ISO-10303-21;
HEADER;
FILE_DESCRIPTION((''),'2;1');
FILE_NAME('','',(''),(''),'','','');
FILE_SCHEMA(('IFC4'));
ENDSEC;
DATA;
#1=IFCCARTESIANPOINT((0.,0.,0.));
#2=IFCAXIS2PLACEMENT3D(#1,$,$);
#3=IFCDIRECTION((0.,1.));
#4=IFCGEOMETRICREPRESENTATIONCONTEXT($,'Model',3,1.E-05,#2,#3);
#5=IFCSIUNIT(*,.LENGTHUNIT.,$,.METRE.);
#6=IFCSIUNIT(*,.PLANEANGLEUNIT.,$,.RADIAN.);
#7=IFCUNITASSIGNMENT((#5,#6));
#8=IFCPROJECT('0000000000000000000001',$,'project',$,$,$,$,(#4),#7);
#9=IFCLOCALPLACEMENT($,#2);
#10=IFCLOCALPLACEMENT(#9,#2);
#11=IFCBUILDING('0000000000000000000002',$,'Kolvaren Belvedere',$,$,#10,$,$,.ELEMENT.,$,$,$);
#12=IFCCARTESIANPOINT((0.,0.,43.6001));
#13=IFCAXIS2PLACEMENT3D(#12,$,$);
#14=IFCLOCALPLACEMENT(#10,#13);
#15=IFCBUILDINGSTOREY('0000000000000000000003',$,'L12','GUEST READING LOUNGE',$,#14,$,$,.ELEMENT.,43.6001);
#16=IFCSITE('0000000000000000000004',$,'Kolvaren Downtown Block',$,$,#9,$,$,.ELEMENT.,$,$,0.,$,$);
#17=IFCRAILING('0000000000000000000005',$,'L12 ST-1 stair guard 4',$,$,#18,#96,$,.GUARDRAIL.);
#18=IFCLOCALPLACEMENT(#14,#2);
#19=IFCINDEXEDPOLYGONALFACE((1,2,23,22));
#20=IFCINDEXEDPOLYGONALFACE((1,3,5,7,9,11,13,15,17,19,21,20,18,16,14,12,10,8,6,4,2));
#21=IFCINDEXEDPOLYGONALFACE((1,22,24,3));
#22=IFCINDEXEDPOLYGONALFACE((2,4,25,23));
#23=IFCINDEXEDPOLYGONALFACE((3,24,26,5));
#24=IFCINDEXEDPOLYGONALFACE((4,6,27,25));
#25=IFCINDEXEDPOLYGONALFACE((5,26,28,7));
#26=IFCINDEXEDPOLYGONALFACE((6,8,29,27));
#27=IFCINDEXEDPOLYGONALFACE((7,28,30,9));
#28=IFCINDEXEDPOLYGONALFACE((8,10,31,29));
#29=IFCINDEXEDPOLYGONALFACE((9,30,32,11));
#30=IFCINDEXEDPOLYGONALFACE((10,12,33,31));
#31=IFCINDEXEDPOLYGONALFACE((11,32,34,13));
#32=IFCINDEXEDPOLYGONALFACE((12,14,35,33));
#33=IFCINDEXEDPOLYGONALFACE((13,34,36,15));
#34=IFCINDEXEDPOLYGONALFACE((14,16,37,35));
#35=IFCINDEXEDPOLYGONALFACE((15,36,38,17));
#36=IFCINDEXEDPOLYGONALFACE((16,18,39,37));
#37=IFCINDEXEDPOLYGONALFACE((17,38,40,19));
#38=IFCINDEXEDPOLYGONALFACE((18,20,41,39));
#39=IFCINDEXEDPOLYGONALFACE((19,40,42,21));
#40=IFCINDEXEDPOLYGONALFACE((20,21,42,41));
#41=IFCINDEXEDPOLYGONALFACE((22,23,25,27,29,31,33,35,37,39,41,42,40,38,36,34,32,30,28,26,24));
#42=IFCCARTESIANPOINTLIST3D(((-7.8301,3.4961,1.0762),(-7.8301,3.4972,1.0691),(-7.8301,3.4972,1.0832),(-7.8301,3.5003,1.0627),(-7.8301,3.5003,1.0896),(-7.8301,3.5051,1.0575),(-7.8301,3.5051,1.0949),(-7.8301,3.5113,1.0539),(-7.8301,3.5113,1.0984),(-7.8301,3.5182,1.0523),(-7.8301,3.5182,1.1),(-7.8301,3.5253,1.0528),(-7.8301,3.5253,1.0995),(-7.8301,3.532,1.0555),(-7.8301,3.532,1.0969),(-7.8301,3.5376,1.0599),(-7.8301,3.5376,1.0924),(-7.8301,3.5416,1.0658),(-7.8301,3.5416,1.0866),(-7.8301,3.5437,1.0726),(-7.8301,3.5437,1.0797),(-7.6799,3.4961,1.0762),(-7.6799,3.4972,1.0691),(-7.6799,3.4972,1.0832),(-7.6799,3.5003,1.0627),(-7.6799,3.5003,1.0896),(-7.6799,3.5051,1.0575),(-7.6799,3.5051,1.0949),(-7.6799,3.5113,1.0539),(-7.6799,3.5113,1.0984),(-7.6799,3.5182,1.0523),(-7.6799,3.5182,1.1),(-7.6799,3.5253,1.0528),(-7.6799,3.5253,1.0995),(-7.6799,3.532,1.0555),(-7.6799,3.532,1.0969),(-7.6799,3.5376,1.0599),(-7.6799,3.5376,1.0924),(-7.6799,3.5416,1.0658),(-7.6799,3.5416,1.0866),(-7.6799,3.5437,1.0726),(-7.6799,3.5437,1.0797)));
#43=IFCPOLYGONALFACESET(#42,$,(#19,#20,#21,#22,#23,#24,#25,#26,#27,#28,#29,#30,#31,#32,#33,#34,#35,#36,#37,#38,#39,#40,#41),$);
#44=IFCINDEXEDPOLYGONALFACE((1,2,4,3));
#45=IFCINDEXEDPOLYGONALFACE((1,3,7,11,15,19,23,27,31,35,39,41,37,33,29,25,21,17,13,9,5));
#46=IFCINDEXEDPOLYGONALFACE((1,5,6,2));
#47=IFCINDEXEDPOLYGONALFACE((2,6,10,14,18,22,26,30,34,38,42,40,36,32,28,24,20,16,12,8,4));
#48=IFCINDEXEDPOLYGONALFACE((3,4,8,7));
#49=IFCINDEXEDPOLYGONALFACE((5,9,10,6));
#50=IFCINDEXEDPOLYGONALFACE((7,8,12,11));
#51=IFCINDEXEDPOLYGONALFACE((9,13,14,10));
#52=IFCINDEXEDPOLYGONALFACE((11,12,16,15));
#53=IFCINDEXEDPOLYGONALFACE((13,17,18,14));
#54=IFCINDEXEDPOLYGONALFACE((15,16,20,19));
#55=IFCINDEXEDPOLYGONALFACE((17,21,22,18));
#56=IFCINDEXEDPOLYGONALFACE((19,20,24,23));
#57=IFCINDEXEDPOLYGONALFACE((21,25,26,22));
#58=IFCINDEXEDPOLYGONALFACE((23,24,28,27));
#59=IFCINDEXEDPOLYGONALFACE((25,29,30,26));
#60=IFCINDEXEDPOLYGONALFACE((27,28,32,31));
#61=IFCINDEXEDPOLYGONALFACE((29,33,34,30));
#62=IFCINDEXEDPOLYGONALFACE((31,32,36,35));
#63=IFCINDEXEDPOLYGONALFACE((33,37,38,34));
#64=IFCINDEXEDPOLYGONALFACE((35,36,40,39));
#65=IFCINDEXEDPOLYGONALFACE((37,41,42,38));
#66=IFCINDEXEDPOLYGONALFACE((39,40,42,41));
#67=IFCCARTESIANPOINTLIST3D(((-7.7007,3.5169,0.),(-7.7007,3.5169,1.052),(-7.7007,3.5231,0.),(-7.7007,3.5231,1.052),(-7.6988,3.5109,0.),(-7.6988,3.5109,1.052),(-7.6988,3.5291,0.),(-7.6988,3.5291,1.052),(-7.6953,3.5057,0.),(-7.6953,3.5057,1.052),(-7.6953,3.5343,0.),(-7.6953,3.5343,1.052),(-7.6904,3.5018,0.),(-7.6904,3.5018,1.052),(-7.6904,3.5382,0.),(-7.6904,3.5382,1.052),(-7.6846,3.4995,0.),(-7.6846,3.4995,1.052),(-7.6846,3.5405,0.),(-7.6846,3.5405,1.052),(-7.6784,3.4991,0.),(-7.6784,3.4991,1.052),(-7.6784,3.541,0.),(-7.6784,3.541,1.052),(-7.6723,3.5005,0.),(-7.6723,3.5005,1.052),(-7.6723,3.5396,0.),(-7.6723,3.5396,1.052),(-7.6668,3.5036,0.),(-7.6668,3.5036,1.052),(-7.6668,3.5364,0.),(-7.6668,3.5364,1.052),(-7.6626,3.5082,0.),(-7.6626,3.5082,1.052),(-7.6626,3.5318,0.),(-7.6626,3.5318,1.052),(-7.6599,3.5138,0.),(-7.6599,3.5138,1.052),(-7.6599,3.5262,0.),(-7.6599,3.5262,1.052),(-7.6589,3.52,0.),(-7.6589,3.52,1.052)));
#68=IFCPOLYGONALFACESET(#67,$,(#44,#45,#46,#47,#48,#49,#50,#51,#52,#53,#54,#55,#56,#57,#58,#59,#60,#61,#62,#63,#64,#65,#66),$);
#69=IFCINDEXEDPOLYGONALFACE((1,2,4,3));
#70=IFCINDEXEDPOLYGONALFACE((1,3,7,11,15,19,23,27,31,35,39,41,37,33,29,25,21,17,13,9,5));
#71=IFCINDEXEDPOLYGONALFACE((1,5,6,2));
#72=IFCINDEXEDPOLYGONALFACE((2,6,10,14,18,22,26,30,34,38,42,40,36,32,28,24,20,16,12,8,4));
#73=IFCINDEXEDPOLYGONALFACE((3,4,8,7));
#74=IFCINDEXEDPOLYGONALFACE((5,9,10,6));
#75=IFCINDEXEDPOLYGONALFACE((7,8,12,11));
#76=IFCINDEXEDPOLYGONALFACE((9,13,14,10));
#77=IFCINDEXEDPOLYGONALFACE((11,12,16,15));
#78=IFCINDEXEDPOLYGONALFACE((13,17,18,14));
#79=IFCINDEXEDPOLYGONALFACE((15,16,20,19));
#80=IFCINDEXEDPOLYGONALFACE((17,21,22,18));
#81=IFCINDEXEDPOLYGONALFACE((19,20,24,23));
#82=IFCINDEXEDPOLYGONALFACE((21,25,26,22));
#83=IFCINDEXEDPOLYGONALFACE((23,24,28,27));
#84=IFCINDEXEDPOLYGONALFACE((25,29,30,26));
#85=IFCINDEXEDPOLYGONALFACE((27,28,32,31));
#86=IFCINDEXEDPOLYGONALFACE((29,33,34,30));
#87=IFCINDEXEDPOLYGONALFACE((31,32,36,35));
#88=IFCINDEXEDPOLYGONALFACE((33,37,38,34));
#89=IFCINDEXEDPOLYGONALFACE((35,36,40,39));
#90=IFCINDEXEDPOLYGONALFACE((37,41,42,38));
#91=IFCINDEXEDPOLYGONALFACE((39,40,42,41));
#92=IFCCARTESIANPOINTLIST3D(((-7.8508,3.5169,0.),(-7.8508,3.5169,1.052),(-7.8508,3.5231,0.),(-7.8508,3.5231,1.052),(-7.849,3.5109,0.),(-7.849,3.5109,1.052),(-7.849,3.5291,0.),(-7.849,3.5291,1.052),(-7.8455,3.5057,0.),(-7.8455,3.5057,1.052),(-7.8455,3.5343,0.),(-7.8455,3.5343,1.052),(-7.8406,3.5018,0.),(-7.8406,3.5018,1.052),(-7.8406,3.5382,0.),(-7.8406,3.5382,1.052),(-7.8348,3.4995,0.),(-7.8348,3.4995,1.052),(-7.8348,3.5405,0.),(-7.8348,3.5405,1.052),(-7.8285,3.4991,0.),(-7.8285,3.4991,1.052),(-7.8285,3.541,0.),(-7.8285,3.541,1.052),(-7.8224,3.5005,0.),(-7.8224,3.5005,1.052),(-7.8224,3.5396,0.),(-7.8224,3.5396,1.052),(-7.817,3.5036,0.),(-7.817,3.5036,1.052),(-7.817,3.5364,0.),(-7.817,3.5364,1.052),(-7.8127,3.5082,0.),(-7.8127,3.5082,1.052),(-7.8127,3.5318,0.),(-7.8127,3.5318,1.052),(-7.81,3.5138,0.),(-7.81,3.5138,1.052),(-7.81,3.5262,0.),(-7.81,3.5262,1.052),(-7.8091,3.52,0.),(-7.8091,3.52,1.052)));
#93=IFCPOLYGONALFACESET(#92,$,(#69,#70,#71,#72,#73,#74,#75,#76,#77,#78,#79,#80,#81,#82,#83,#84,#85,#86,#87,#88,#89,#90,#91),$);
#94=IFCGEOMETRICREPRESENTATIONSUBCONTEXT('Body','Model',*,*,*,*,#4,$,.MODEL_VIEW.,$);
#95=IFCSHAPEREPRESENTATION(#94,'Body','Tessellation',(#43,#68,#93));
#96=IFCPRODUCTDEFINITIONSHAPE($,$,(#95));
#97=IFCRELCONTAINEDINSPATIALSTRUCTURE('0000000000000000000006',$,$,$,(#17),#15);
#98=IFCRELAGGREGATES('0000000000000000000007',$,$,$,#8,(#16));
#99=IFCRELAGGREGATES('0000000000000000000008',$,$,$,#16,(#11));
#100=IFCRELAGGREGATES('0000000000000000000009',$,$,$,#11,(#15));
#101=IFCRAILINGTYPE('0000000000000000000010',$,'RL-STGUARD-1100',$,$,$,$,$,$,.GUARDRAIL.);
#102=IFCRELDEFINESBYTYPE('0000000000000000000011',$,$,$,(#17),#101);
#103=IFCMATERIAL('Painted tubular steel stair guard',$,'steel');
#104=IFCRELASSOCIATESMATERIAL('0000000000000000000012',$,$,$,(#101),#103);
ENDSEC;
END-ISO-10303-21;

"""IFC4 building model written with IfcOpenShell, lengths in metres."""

from ifc_helpers import new_model, si_unit, direction, frame, origin, origin_2d, place, context, subcontext, project, spatial, circle, extrude, material, type_object, element, save


model = new_model("IFC4")

# Units and contexts
model_context = context("Model", 3, precision=1e-05, world=origin(), true_north=direction((0.0, 1.0)))
body_context = subcontext(model_context, "Body", "Model", "MODEL_VIEW")
ifc_project = project(units=[si_unit("LENGTHUNIT", "METRE"), si_unit("PLANEANGLEUNIT", "RADIAN")], contexts=[model_context])

# Site, building, storey
site_placement = place(None, origin())
site = spatial("IfcSite", under=ifc_project, at=site_placement, Name="Kolvaren Downtown Block", CompositionType="ELEMENT", RefElevation=0.0)
building_placement = place(site_placement, origin())
building = spatial("IfcBuilding", under=site, at=building_placement, Name="Kolvaren Belvedere", CompositionType="ELEMENT")
storey_placement = place(building_placement, frame((0.0, 0.0, 43.6001)))
storey = spatial("IfcBuildingStorey", under=building, at=storey_placement, Name="L12", Description="GUEST READING LOUNGE", CompositionType="ELEMENT", Elevation=43.6001)

# Railing
ifc_material_1 = material(Name="Painted tubular steel stair guard", Category="steel")
railing_type_1 = type_object("IfcRailingType", Name="RL-STGUARD-1100", PredefinedType="GUARDRAIL", material=ifc_material_1)
railing_1_placement = place(storey_placement, frame((-7.6799, 3.52, 0.0)))
element("IfcRailing", 1, at=railing_1_placement, inside=storey, type_object=railing_type_1, Name="L12 ST-1 stair guard 4", PredefinedType="GUARDRAIL", context=body_context, shape_type="SweptSolid", body=[
    extrude(circle(Radius=0.0239, at=origin_2d()), frame((0.0, 0.0, 1.0762), z_axis=(-1.0, 0.0, 0.0), x_axis=(0.0, -1.0, 0.0)), (0.0, 0.0, 1.0), 0.1501),
    extrude(circle(Radius=0.021, at=origin_2d()), origin(), (0.0, 0.0, 1.0), 1.052),
    extrude(circle(Radius=0.021, at=origin_2d()), frame((-0.1501, 0.0, 0.0)), (0.0, 0.0, 1.0), 1.052),
])

save(model, "model.ifc")
